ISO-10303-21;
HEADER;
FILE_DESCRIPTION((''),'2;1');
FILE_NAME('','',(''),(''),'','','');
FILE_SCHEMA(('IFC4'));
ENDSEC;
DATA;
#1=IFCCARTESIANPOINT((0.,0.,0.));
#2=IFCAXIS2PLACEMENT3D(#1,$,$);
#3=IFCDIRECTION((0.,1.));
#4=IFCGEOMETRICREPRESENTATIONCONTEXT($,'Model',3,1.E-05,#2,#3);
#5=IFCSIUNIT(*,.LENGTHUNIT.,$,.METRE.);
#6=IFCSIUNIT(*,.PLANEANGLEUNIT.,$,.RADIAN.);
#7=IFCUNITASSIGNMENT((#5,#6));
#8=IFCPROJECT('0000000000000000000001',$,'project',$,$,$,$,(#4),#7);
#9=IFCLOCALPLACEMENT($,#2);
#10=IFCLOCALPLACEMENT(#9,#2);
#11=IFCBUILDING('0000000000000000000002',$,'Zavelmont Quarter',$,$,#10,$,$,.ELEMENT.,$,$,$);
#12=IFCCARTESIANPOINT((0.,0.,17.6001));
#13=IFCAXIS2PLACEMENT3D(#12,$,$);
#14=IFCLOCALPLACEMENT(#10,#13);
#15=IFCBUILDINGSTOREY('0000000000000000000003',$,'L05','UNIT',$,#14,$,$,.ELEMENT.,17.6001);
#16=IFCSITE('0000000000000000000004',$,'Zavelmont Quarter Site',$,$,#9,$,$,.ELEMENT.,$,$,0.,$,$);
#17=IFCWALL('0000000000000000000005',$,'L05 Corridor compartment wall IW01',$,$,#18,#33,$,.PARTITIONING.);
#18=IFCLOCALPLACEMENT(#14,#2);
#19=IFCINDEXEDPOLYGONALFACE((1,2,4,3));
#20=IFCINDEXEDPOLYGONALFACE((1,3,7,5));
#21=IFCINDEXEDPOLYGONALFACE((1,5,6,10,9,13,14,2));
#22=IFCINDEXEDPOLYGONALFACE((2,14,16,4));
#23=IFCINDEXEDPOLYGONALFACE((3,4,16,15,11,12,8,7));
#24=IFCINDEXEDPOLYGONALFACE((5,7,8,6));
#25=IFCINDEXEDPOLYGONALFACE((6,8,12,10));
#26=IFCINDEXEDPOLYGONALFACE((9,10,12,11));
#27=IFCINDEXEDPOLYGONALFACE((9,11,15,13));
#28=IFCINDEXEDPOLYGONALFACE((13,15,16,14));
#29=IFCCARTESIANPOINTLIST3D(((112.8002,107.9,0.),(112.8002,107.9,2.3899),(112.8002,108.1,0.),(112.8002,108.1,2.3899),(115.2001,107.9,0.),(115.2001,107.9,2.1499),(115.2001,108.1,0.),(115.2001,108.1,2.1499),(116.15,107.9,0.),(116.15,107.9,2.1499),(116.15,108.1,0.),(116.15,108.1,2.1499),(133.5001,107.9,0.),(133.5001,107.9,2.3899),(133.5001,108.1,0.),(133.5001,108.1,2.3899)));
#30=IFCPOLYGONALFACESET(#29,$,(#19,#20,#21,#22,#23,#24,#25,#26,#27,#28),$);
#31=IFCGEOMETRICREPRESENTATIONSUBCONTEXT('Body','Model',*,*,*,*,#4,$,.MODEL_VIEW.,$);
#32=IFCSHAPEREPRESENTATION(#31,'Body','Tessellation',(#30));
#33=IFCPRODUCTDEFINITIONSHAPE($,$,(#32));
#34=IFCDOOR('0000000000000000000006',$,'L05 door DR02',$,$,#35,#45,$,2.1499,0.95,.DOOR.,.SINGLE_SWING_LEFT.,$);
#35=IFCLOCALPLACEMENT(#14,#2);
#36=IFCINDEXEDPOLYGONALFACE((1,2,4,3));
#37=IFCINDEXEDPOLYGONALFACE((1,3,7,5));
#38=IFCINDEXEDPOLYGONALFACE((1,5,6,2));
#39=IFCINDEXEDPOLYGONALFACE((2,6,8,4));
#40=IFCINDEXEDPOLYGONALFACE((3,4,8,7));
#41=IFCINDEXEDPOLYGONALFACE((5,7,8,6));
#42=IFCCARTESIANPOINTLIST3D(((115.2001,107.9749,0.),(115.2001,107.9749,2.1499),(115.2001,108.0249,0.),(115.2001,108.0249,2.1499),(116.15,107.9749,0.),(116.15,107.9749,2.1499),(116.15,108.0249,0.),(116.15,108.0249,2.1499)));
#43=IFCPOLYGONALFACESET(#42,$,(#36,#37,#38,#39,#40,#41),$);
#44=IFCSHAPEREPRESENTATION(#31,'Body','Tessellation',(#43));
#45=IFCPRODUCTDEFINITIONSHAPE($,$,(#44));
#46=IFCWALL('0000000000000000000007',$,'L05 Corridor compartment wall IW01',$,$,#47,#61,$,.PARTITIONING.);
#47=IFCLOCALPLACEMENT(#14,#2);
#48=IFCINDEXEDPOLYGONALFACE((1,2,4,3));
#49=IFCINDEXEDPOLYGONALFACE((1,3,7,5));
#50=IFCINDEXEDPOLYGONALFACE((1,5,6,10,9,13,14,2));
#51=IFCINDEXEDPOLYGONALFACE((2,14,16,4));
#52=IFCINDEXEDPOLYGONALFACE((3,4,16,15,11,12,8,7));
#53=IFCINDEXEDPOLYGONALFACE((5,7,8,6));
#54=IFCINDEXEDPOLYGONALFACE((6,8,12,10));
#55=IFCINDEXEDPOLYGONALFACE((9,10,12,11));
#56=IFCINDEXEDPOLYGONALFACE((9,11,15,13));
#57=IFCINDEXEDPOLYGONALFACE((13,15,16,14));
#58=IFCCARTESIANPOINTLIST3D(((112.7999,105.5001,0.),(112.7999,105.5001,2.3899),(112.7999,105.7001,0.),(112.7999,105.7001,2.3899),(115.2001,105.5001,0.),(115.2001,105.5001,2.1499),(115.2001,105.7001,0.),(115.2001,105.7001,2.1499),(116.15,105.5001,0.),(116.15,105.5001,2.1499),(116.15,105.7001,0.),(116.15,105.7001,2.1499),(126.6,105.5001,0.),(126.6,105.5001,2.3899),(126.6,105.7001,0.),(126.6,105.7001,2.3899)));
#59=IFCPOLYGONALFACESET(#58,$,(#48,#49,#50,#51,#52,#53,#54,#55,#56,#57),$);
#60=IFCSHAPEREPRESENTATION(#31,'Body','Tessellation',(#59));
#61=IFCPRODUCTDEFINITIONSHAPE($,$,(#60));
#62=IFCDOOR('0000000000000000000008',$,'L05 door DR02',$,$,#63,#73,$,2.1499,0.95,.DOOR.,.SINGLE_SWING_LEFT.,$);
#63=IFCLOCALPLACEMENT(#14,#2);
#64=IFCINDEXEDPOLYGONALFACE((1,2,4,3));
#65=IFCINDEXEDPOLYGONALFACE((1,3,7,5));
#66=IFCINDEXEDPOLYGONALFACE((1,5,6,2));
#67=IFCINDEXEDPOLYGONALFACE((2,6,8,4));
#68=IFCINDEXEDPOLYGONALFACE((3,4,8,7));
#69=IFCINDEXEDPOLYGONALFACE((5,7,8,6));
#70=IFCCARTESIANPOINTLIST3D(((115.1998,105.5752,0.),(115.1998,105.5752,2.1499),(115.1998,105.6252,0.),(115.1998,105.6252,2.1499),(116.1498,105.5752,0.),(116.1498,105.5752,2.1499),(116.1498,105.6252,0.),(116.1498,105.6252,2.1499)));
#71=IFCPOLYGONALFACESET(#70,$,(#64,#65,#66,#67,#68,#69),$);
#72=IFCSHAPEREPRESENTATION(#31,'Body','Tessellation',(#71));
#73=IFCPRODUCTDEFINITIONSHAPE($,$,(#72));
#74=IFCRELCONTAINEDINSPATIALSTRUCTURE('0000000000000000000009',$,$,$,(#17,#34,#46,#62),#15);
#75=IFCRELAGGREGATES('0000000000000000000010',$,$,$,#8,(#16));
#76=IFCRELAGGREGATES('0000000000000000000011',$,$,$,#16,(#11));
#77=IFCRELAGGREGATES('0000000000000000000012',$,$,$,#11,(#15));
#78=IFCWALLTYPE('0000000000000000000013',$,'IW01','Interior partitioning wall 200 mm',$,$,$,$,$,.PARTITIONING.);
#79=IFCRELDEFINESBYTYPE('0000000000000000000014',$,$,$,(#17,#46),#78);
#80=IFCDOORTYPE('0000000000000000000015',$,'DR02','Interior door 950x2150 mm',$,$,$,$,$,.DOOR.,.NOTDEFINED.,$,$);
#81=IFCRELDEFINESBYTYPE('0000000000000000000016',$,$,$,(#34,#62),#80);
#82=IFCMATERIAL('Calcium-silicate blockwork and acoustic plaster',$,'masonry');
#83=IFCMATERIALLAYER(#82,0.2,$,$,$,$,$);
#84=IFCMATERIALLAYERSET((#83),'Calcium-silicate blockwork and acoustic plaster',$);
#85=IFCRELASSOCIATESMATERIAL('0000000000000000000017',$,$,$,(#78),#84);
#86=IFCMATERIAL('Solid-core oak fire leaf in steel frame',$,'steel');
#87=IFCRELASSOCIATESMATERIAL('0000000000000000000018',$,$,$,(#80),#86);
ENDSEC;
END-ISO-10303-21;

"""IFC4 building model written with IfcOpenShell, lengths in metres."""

from ifc_helpers import new_model, si_unit, direction, frame, frame_2d, origin, origin_with_axes, place, context, subcontext, project, spatial, rectangle, extrude, material, layer, layer_set, type_object, element, fill, save


model = new_model("IFC4")

# Units and contexts
model_context = context("Model", 3, precision=1e-05, world=origin(), true_north=direction((0.0, 1.0)))
body_context = subcontext(model_context, "Body", "Model", "MODEL_VIEW")
ifc_project = project(units=[si_unit("LENGTHUNIT", "METRE"), si_unit("PLANEANGLEUNIT", "RADIAN")], contexts=[model_context])

# Site, building, storey
site_placement = place(None, origin())
site = spatial("IfcSite", under=ifc_project, at=site_placement, Name="Zavelmont Quarter Site", CompositionType="ELEMENT", RefElevation=0.0)
building_placement = place(site_placement, origin())
building = spatial("IfcBuilding", under=site, at=building_placement, Name="Zavelmont Quarter", CompositionType="ELEMENT")
storey_placement = place(building_placement, frame((0.0, 0.0, 17.6001)))
storey = spatial("IfcBuildingStorey", under=building, at=storey_placement, Name="L05", Description="UNIT", CompositionType="ELEMENT", Elevation=17.6001)

# Walls, openings, doors
ifc_material_1 = material(Name="Calcium-silicate blockwork and acoustic plaster", Category="masonry")
ifc_layer = layer(ifc_material_1, 0.2)
ifc_layer_set = layer_set([ifc_layer], Name="Calcium-silicate blockwork and acoustic plaster")
wall_type = type_object("IfcWallType", Name="IW01", Description="Interior partitioning wall 200 mm", PredefinedType="PARTITIONING", material=ifc_layer_set)
wall_1_placement = place(storey_placement, frame((112.8, 108.0, 0.0), z_axis=(0.0, 0.0, 1.0), x_axis=(1.0, 0.0, 0.0)))
wall_1 = element("IfcWall", 1, at=wall_1_placement, inside=storey, type_object=wall_type, Name="L05 Corridor compartment wall IW01", PredefinedType="PARTITIONING", context=body_context, shape_type="SweptSolid", body=[
    extrude(rectangle(XDim=20.7, YDim=0.2, at=frame_2d((10.3501, 0.0))), origin(), (0.0, 0.0, 1.0), 2.3899),
])
opening_1_placement = place(wall_1_placement, frame((2.3999, 0.0, 0.0)))
opening_1 = element("IfcOpeningElement", 2, at=opening_1_placement, cuts=wall_1, PredefinedType="OPENING", context=body_context, shape_type="SweptSolid", body=[
    extrude(rectangle(XDim=0.95, YDim=2.1499, at=frame_2d((0.4751, 1.075))), frame((0.0, 0.1118, 0.0), z_axis=(0.0, -1.0, 0.0), x_axis=(1.0, 0.0, 0.0)), (0.0, 0.0, 1.0), 0.2239),
])
ifc_material_2 = material(Name="Solid-core oak fire leaf in steel frame", Category="steel")
door_type = type_object("IfcDoorType", Name="DR02", Description="Interior door 950x2150 mm", OperationType="NOTDEFINED", PredefinedType="DOOR", material=ifc_material_2)
door_1_placement = place(opening_1_placement, origin_with_axes())
door_1 = element("IfcDoor", 3, at=door_1_placement, inside=storey, type_object=door_type, Name="L05 door DR02", OperationType="SINGLE_SWING_LEFT", OverallHeight=2.1499, OverallWidth=0.95, PredefinedType="DOOR", context=body_context, shape_type="SweptSolid", body=[
    extrude(rectangle(XDim=0.95, YDim=2.1499, at=frame_2d((0.4751, 1.075))), frame((0.0, 0.0249, 0.0), z_axis=(0.0, -1.0, 0.0), x_axis=(1.0, 0.0, 0.0)), (0.0, 0.0, 1.0), 0.05),
])
fill(opening_1, door_1)
wall_2_placement = place(storey_placement, frame((112.8, 105.6001, 0.0), z_axis=(0.0, 0.0, 1.0), x_axis=(1.0, 0.0, 0.0)))
wall_2 = element("IfcWall", 4, at=wall_2_placement, inside=storey, type_object=wall_type, Name="L05 Corridor compartment wall IW01", PredefinedType="PARTITIONING", context=body_context, shape_type="SweptSolid", body=[
    extrude(rectangle(XDim=13.8, YDim=0.2, at=frame_2d((6.8999, 0.0))), origin(), (0.0, 0.0, 1.0), 2.3899),
])
opening_2_placement = place(wall_2_placement, frame((2.3999, 0.0, 0.0)))
opening_2 = element("IfcOpeningElement", 5, at=opening_2_placement, cuts=wall_2, PredefinedType="OPENING", context=body_context, shape_type="SweptSolid", body=[
    extrude(rectangle(XDim=0.95, YDim=2.1499, at=frame_2d((0.4751, 1.075))), frame((0.0, 0.1118, 0.0), z_axis=(0.0, -1.0, 0.0), x_axis=(1.0, 0.0, 0.0)), (0.0, 0.0, 1.0), 0.2239),
])
door_2_placement = place(opening_2_placement, frame((0.95, 0.0, 0.0), z_axis=(0.0, 0.0, 1.0), x_axis=(-1.0, 0.0, 0.0)))
door_2 = element("IfcDoor", 6, at=door_2_placement, inside=storey, type_object=door_type, Name="L05 door DR02", OperationType="SINGLE_SWING_LEFT", OverallHeight=2.1499, OverallWidth=0.95, PredefinedType="DOOR", context=body_context, shape_type="SweptSolid", body=[
    extrude(rectangle(XDim=0.95, YDim=2.1499, at=frame_2d((0.4751, 1.075))), frame((0.0, 0.0249, 0.0), z_axis=(0.0, -1.0, 0.0), x_axis=(1.0, 0.0, 0.0)), (0.0, 0.0, 1.0), 0.05),
])
fill(opening_2, door_2)

save(model, "model.ifc")
